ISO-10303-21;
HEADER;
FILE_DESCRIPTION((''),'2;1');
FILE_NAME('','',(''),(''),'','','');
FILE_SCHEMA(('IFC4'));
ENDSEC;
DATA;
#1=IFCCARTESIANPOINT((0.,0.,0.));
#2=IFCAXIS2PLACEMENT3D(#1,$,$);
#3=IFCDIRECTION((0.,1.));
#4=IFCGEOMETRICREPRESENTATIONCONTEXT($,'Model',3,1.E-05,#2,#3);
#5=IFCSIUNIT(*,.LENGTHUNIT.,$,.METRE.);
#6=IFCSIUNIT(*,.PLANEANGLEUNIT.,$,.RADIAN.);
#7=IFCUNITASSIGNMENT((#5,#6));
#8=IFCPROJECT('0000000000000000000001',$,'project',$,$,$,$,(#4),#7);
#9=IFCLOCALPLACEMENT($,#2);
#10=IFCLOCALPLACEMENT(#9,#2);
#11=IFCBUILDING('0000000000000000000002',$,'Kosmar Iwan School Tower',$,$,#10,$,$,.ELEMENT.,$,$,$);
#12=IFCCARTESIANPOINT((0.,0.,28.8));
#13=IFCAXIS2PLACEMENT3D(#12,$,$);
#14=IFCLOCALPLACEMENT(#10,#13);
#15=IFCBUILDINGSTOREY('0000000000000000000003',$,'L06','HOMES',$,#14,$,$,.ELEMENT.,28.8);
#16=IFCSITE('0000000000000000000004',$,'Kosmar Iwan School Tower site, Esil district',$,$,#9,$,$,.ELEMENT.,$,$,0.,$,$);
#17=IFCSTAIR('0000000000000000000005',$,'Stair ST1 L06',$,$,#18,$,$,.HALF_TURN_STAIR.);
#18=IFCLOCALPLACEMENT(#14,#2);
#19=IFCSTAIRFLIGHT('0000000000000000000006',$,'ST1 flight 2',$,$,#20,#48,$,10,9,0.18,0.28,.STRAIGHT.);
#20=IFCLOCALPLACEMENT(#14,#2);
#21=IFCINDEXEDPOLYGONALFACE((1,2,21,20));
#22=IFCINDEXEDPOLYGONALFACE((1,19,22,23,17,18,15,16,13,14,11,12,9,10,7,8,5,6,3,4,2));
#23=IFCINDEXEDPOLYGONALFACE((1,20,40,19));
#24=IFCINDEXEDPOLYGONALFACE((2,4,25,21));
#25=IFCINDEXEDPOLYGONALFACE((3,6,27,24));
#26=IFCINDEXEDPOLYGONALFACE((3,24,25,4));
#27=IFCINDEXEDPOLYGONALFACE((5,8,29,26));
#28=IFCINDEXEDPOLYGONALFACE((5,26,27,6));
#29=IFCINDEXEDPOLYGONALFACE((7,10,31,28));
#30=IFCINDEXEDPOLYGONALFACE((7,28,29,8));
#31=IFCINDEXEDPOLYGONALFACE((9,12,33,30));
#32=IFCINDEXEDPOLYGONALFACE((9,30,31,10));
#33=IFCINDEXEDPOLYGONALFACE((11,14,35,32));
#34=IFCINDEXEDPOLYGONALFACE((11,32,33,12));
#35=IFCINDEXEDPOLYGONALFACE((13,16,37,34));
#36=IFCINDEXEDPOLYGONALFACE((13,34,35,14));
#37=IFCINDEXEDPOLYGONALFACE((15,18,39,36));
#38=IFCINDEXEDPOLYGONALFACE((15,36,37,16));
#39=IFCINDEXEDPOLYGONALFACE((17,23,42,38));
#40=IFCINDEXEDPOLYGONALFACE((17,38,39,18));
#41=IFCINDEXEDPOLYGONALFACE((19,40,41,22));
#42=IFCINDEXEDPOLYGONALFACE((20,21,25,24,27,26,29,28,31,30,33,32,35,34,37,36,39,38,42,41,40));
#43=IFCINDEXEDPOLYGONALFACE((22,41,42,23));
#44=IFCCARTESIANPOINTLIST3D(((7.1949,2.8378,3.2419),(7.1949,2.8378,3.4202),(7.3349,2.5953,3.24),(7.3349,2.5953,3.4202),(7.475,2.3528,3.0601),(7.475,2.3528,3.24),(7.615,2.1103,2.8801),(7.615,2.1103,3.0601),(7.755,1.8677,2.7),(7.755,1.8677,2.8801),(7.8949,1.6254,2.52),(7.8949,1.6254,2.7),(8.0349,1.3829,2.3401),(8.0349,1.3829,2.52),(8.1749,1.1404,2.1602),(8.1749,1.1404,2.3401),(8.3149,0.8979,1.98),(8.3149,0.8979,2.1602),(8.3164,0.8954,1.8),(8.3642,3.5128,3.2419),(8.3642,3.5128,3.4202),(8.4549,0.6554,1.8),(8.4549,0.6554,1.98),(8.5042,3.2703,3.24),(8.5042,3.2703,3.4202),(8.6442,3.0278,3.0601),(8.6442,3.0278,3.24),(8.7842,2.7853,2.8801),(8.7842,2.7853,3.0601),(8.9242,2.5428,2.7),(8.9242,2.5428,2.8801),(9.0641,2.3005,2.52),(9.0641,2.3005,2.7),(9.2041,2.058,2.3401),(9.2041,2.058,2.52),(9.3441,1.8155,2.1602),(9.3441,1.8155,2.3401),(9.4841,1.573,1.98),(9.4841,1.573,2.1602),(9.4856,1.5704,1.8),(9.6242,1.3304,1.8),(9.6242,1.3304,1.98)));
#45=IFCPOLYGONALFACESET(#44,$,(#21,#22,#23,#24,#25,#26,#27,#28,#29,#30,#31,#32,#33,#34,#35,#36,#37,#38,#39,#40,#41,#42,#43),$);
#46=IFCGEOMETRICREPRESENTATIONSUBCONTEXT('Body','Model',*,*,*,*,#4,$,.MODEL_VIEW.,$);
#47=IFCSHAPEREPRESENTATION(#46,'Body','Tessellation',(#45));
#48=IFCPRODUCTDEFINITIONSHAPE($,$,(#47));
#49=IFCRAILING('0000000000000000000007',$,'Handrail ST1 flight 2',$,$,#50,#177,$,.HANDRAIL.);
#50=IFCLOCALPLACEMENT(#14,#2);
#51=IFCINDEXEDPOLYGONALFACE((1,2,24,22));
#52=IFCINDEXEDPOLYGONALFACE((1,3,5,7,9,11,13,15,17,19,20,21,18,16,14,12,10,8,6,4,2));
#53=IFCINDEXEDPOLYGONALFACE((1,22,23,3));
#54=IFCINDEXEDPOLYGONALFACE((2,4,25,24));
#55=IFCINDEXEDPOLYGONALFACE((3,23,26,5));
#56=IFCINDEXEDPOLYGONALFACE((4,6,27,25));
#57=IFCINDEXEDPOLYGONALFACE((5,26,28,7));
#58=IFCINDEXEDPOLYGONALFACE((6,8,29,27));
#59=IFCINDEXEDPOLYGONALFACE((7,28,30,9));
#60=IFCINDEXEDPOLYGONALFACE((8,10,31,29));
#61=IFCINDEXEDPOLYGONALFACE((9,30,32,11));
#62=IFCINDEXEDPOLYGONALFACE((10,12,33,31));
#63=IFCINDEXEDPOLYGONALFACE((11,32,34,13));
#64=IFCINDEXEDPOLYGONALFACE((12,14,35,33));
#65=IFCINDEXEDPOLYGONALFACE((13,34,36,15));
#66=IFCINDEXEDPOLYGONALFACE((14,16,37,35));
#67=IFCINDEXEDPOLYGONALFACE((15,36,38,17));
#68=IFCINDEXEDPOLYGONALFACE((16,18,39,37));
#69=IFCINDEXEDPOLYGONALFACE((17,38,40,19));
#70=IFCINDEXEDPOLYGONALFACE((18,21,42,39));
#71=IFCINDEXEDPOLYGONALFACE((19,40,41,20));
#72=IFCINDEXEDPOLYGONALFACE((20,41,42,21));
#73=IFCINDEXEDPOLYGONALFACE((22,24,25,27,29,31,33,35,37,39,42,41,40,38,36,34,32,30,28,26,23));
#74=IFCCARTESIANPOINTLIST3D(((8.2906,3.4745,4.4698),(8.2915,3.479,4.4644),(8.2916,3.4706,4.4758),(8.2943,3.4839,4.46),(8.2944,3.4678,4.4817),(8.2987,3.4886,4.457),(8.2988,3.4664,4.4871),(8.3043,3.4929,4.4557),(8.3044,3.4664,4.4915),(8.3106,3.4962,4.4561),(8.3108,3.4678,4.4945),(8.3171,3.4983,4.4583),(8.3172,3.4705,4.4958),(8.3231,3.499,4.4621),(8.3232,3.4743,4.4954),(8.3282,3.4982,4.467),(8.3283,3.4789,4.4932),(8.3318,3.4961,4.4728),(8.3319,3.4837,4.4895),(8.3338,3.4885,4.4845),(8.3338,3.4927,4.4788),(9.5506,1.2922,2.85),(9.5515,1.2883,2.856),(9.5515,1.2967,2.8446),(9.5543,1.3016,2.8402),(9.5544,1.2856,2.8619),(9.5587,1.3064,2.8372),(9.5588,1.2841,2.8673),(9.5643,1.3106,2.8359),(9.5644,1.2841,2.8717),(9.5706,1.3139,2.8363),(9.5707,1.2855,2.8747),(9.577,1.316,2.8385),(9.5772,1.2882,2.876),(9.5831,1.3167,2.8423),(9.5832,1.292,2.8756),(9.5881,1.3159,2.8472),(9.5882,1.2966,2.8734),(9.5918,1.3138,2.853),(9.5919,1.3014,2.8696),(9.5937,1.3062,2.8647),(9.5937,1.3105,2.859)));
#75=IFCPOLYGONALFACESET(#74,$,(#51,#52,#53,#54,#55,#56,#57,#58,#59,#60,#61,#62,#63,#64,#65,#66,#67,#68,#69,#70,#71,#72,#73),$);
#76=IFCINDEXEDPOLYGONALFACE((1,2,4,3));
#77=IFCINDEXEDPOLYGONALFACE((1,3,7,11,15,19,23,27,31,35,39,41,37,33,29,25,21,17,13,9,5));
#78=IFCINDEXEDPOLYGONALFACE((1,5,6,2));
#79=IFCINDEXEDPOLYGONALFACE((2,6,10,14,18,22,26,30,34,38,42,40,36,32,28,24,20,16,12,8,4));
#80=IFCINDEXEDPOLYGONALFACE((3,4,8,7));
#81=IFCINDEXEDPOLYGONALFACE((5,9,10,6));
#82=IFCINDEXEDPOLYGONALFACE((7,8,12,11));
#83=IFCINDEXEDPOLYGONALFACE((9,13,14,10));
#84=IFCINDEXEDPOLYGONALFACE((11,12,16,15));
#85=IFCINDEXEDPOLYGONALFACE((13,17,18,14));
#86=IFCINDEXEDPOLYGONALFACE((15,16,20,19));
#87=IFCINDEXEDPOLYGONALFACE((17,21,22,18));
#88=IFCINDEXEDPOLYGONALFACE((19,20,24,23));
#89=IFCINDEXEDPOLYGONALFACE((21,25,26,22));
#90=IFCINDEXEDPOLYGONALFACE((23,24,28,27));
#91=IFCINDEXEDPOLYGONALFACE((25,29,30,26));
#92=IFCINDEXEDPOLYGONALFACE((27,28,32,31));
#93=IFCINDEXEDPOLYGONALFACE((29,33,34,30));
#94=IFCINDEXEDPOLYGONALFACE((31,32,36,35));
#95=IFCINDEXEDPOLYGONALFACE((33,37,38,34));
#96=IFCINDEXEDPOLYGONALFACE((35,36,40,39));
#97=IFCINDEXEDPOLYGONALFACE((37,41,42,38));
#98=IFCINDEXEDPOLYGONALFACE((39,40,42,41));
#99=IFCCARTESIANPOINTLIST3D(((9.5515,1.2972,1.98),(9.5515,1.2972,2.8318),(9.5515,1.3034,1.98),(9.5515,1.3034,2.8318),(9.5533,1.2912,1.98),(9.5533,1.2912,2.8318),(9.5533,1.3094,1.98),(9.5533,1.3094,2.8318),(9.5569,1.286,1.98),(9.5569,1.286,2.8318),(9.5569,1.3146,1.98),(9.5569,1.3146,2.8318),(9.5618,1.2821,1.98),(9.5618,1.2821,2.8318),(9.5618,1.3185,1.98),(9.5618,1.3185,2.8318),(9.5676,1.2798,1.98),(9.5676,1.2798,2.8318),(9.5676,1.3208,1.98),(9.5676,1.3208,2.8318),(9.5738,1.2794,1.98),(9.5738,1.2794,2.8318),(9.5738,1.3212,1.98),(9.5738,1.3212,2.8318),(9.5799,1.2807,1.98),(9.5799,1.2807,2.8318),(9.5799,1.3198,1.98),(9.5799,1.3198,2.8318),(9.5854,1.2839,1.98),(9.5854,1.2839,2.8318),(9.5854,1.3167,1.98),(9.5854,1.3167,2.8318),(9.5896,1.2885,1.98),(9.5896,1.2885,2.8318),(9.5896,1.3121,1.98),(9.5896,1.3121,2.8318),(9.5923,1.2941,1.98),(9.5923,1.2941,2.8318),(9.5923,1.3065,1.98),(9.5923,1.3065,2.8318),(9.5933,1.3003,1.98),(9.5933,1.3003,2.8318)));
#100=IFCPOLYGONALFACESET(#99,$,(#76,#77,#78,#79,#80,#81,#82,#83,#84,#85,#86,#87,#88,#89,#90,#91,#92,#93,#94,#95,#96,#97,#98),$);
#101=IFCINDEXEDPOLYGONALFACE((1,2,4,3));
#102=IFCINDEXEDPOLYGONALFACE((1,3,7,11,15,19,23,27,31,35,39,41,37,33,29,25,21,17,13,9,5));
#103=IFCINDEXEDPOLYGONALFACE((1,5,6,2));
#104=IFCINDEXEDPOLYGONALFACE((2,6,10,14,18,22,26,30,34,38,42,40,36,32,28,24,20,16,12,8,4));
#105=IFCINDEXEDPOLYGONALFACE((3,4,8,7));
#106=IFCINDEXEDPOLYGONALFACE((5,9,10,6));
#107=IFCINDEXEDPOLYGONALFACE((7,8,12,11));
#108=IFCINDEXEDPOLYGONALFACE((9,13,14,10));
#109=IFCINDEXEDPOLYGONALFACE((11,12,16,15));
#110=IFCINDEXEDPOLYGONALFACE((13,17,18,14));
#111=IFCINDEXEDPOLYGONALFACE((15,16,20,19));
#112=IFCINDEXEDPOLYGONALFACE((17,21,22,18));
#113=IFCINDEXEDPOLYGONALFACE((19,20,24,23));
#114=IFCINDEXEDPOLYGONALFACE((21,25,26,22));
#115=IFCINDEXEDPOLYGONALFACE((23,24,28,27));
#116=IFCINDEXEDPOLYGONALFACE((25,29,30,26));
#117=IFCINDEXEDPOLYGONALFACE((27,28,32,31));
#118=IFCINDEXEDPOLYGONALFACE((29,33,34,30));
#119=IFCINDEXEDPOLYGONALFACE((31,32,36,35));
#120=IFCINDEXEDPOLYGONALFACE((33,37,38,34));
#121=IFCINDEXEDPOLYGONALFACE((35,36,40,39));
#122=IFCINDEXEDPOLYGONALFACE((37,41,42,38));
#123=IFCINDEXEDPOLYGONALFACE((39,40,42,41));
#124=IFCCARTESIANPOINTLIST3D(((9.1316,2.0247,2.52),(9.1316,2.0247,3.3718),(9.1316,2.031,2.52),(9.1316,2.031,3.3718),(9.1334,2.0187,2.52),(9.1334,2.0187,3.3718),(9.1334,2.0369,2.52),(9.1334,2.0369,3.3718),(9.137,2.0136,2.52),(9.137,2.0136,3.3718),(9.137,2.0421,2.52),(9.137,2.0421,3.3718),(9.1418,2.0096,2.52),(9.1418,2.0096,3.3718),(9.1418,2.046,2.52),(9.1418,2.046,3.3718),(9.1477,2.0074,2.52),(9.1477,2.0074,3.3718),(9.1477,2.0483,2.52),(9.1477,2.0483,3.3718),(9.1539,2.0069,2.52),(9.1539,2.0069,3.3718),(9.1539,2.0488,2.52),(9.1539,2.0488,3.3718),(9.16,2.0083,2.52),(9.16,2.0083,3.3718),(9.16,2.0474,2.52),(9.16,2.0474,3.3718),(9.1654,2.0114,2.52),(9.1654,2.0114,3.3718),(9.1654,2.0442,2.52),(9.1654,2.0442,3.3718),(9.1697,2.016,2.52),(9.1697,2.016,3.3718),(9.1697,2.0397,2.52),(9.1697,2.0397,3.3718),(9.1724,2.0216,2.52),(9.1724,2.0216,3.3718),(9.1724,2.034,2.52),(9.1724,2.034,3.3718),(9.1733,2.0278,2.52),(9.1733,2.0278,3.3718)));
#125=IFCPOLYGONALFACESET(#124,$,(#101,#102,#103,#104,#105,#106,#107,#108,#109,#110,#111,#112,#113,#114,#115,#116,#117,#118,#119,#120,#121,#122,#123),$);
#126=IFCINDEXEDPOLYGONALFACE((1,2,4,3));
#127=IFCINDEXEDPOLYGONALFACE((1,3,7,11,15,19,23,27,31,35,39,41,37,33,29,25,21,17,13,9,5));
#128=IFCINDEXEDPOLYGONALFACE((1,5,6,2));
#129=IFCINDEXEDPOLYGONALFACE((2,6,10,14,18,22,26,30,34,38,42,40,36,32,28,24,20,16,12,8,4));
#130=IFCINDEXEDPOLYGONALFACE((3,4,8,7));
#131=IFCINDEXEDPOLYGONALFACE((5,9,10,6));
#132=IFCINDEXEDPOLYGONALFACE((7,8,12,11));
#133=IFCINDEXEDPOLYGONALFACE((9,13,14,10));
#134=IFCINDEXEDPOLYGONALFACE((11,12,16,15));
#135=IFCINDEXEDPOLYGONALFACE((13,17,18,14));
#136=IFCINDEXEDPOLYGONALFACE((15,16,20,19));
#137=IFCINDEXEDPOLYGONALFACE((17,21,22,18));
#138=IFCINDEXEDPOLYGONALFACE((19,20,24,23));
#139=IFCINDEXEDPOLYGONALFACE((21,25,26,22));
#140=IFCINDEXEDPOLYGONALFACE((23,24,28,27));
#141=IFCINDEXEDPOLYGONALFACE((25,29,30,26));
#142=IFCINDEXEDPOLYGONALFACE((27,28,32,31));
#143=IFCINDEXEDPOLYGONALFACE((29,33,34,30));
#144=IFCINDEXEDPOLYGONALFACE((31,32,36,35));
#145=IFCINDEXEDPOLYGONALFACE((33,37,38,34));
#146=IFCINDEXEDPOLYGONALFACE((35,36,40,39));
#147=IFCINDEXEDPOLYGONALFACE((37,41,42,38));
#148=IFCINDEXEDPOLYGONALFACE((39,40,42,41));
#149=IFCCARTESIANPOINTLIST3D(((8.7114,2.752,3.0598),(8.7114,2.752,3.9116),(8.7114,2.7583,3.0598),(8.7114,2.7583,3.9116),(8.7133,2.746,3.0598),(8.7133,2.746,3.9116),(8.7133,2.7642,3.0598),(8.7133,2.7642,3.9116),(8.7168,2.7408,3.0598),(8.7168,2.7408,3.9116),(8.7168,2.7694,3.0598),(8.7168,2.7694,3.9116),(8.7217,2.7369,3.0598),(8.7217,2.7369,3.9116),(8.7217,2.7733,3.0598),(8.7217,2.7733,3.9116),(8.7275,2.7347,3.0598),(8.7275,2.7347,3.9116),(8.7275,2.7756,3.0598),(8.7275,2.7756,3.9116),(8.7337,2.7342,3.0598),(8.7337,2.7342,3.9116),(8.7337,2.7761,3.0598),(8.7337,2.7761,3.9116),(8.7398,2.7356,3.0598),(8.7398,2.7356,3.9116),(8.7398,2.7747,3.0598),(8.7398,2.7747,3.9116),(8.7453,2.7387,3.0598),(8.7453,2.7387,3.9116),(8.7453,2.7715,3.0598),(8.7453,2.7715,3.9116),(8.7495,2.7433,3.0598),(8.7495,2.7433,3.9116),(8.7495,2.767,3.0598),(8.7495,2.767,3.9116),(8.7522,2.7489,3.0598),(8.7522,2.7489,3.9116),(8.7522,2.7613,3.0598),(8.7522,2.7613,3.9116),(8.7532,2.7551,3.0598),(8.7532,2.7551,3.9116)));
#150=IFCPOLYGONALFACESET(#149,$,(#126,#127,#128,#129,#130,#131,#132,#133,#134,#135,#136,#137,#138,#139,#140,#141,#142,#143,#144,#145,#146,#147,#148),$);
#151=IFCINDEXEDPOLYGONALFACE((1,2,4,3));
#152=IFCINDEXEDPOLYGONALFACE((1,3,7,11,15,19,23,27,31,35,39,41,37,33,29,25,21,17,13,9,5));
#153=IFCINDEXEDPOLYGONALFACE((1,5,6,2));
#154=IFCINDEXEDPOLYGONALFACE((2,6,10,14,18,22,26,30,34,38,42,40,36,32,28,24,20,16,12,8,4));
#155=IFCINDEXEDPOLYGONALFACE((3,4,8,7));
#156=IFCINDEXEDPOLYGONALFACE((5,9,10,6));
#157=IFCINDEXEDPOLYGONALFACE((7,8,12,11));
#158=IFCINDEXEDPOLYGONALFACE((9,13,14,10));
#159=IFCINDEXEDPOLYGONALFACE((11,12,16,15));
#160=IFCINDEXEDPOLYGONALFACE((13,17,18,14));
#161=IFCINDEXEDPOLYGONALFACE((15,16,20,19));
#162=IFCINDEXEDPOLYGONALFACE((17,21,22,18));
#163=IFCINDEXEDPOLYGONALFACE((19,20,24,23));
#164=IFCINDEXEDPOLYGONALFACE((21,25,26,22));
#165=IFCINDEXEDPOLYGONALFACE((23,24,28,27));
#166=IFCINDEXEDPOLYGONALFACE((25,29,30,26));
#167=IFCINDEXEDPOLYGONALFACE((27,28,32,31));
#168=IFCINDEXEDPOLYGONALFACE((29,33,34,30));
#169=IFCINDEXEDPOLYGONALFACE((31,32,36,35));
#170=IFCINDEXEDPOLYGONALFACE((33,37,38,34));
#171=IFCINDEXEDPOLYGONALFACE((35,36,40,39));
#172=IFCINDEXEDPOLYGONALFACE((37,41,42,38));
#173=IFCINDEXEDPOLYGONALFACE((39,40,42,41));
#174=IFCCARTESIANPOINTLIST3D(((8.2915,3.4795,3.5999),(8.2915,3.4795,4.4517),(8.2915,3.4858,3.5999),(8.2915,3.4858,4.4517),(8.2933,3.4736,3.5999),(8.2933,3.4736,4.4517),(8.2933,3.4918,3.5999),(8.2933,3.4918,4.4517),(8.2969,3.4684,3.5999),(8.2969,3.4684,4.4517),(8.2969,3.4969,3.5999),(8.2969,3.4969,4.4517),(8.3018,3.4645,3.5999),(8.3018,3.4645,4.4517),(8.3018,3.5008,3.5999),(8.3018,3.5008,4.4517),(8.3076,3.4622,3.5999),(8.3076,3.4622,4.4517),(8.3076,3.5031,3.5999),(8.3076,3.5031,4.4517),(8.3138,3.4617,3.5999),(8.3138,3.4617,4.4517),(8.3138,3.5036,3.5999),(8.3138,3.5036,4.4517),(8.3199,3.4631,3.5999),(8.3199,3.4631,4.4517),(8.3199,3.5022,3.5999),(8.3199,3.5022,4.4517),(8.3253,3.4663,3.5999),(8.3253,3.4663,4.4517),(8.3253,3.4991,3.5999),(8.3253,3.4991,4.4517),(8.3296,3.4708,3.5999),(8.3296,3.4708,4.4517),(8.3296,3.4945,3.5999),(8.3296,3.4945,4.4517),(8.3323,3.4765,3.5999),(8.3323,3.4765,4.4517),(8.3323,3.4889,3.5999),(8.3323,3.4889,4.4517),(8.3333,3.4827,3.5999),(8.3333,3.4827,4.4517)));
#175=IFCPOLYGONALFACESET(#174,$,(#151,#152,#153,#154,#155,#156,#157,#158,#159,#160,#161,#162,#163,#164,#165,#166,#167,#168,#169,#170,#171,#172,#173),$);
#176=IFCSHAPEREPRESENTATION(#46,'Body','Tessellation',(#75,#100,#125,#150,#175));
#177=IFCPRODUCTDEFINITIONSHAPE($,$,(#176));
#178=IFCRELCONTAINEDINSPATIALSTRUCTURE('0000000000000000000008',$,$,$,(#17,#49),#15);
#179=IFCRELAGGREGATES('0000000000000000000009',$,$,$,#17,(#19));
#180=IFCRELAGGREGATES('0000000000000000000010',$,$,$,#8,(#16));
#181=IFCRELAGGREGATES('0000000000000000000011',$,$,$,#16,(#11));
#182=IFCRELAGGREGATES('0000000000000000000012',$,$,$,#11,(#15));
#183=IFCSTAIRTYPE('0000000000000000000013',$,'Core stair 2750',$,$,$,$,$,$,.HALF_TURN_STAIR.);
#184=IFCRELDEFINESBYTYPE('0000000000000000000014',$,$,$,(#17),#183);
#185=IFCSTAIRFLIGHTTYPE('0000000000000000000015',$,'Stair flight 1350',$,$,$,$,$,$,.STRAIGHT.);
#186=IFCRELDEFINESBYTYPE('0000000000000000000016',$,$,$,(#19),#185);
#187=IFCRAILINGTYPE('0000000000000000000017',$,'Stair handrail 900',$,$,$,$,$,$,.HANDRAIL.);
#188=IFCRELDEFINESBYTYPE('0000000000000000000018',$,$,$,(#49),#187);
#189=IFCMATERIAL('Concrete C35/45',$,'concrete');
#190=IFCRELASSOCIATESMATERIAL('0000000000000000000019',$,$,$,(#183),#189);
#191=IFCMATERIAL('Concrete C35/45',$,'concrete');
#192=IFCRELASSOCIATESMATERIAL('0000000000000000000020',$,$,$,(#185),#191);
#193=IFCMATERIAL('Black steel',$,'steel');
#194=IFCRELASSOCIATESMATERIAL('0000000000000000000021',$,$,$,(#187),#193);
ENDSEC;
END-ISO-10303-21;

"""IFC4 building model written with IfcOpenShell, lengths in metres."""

from ifc_helpers import new_model, si_unit, direction, frame, origin, origin_2d, place, context, subcontext, project, spatial, polyline, circle, outline, extrude, material, type_object, element, aggregate, save


model = new_model("IFC4")

# Units and contexts
model_context = context("Model", 3, precision=1e-05, world=origin(), true_north=direction((0.0, 1.0)))
body_context = subcontext(model_context, "Body", "Model", "MODEL_VIEW")
ifc_project = project(units=[si_unit("LENGTHUNIT", "METRE"), si_unit("PLANEANGLEUNIT", "RADIAN")], contexts=[model_context])

# Site, building, storey
site_placement = place(None, origin())
site = spatial("IfcSite", under=ifc_project, at=site_placement, Name="Kosmar Iwan School Tower site, Esil district", CompositionType="ELEMENT", RefElevation=0.0)
building_placement = place(site_placement, origin())
building = spatial("IfcBuilding", under=site, at=building_placement, Name="Kosmar Iwan School Tower", CompositionType="ELEMENT")
storey_placement = place(building_placement, frame((0.0, 0.0, 28.8)))
storey = spatial("IfcBuildingStorey", under=building, at=storey_placement, Name="L06", Description="HOMES", CompositionType="ELEMENT", Elevation=28.8)

# Stair, stair flight
ifc_material_1 = material(Name="Concrete C35/45", Category="concrete")
stair_type = type_object("IfcStairType", Name="Core stair 2750", PredefinedType="HALF_TURN_STAIR", material=ifc_material_1)
stair_placement = place(storey_placement, origin())
stair = element("IfcStair", 1, at=stair_placement, inside=storey, type_object=stair_type, Name="Stair ST1 L06", PredefinedType="HALF_TURN_STAIR")
ifc_material_2 = material(Name="Concrete C35/45", Category="concrete")
stair_flight_type = type_object("IfcStairFlightType", Name="Stair flight 1350", PredefinedType="STRAIGHT", material=ifc_material_2)
stair_flight_placement = place(storey_placement, frame((9.0396, 0.9929, 1.8), z_axis=(0.0, 0.0, 1.0), x_axis=(-0.5, 0.866025, 0.0)))
stair_flight = element("IfcStairFlight", 2, at=stair_flight_placement, type_object=stair_flight_type, Name="ST1 flight 2", NumberOfRisers=10, NumberOfTreads=9, PredefinedType="STRAIGHT", RiserHeight=0.18, TreadLength=0.28, context=body_context, shape_type="SweptSolid", body=[
    extrude(outline(polyline([(0.0, 0.0), (0.0, 0.1799), (0.28, 0.1799), (0.28, 0.3601), (0.5601, 0.3601), (0.5601, 0.54), (0.8401, 0.54), (0.8401, 0.72), (1.1201, 0.72), (1.1201, 0.8999), (1.3999, 0.8999), (1.3999, 1.0801), (1.6799, 1.0801), (1.6799, 1.26), (1.96, 1.26), (1.96, 1.4399), (2.24, 1.4399), (2.24, 1.6201), (2.52, 1.6201), (2.52, 1.8), (2.52, 1.4419), (0.2771, 0.0), (0.0, 0.0)])), frame((0.0, 0.675, 0.0), z_axis=(0.0, -1.0, 0.0), x_axis=(1.0, 0.0, 0.0)), (0.0, 0.0, 1.0), 1.3501),
])
aggregate(stair, [stair_flight])

# Railing
ifc_material_3 = material(Name="Black steel", Category="steel")
railing_type = type_object("IfcRailingType", Name="Stair handrail 900", PredefinedType="HANDRAIL", material=ifc_material_3)
railing_placement = place(storey_placement, frame((9.5723, 1.3003, 1.98)))
element("IfcRailing", 3, at=railing_placement, inside=storey, type_object=railing_type, Name="Handrail ST1 flight 2", PredefinedType="HANDRAIL", context=body_context, shape_type="SweptSolid", body=[
    extrude(circle(Radius=0.0239, at=origin_2d()), frame((0.0, 0.0, 0.876), z_axis=(-0.420603, 0.728496, 0.540728), x_axis=(-0.866023, -0.500005, 0.0)), (0.0, 0.0, 1.0), 2.9956),
    extrude(circle(Radius=0.021, at=origin_2d()), origin(), (0.0, 0.0, 1.0), 0.8518),
    extrude(circle(Radius=0.021, at=origin_2d()), frame((-0.4199, 0.7275, 0.54)), (0.0, 0.0, 1.0), 0.8518),
    extrude(circle(Radius=0.021, at=origin_2d()), frame((-0.8401, 1.4548, 1.0798)), (0.0, 0.0, 1.0), 0.8518),
    extrude(circle(Radius=0.021, at=origin_2d()), frame((-1.26, 2.1824, 1.6199)), (0.0, 0.0, 1.0), 0.8518),
])

save(model, "model.ifc")
